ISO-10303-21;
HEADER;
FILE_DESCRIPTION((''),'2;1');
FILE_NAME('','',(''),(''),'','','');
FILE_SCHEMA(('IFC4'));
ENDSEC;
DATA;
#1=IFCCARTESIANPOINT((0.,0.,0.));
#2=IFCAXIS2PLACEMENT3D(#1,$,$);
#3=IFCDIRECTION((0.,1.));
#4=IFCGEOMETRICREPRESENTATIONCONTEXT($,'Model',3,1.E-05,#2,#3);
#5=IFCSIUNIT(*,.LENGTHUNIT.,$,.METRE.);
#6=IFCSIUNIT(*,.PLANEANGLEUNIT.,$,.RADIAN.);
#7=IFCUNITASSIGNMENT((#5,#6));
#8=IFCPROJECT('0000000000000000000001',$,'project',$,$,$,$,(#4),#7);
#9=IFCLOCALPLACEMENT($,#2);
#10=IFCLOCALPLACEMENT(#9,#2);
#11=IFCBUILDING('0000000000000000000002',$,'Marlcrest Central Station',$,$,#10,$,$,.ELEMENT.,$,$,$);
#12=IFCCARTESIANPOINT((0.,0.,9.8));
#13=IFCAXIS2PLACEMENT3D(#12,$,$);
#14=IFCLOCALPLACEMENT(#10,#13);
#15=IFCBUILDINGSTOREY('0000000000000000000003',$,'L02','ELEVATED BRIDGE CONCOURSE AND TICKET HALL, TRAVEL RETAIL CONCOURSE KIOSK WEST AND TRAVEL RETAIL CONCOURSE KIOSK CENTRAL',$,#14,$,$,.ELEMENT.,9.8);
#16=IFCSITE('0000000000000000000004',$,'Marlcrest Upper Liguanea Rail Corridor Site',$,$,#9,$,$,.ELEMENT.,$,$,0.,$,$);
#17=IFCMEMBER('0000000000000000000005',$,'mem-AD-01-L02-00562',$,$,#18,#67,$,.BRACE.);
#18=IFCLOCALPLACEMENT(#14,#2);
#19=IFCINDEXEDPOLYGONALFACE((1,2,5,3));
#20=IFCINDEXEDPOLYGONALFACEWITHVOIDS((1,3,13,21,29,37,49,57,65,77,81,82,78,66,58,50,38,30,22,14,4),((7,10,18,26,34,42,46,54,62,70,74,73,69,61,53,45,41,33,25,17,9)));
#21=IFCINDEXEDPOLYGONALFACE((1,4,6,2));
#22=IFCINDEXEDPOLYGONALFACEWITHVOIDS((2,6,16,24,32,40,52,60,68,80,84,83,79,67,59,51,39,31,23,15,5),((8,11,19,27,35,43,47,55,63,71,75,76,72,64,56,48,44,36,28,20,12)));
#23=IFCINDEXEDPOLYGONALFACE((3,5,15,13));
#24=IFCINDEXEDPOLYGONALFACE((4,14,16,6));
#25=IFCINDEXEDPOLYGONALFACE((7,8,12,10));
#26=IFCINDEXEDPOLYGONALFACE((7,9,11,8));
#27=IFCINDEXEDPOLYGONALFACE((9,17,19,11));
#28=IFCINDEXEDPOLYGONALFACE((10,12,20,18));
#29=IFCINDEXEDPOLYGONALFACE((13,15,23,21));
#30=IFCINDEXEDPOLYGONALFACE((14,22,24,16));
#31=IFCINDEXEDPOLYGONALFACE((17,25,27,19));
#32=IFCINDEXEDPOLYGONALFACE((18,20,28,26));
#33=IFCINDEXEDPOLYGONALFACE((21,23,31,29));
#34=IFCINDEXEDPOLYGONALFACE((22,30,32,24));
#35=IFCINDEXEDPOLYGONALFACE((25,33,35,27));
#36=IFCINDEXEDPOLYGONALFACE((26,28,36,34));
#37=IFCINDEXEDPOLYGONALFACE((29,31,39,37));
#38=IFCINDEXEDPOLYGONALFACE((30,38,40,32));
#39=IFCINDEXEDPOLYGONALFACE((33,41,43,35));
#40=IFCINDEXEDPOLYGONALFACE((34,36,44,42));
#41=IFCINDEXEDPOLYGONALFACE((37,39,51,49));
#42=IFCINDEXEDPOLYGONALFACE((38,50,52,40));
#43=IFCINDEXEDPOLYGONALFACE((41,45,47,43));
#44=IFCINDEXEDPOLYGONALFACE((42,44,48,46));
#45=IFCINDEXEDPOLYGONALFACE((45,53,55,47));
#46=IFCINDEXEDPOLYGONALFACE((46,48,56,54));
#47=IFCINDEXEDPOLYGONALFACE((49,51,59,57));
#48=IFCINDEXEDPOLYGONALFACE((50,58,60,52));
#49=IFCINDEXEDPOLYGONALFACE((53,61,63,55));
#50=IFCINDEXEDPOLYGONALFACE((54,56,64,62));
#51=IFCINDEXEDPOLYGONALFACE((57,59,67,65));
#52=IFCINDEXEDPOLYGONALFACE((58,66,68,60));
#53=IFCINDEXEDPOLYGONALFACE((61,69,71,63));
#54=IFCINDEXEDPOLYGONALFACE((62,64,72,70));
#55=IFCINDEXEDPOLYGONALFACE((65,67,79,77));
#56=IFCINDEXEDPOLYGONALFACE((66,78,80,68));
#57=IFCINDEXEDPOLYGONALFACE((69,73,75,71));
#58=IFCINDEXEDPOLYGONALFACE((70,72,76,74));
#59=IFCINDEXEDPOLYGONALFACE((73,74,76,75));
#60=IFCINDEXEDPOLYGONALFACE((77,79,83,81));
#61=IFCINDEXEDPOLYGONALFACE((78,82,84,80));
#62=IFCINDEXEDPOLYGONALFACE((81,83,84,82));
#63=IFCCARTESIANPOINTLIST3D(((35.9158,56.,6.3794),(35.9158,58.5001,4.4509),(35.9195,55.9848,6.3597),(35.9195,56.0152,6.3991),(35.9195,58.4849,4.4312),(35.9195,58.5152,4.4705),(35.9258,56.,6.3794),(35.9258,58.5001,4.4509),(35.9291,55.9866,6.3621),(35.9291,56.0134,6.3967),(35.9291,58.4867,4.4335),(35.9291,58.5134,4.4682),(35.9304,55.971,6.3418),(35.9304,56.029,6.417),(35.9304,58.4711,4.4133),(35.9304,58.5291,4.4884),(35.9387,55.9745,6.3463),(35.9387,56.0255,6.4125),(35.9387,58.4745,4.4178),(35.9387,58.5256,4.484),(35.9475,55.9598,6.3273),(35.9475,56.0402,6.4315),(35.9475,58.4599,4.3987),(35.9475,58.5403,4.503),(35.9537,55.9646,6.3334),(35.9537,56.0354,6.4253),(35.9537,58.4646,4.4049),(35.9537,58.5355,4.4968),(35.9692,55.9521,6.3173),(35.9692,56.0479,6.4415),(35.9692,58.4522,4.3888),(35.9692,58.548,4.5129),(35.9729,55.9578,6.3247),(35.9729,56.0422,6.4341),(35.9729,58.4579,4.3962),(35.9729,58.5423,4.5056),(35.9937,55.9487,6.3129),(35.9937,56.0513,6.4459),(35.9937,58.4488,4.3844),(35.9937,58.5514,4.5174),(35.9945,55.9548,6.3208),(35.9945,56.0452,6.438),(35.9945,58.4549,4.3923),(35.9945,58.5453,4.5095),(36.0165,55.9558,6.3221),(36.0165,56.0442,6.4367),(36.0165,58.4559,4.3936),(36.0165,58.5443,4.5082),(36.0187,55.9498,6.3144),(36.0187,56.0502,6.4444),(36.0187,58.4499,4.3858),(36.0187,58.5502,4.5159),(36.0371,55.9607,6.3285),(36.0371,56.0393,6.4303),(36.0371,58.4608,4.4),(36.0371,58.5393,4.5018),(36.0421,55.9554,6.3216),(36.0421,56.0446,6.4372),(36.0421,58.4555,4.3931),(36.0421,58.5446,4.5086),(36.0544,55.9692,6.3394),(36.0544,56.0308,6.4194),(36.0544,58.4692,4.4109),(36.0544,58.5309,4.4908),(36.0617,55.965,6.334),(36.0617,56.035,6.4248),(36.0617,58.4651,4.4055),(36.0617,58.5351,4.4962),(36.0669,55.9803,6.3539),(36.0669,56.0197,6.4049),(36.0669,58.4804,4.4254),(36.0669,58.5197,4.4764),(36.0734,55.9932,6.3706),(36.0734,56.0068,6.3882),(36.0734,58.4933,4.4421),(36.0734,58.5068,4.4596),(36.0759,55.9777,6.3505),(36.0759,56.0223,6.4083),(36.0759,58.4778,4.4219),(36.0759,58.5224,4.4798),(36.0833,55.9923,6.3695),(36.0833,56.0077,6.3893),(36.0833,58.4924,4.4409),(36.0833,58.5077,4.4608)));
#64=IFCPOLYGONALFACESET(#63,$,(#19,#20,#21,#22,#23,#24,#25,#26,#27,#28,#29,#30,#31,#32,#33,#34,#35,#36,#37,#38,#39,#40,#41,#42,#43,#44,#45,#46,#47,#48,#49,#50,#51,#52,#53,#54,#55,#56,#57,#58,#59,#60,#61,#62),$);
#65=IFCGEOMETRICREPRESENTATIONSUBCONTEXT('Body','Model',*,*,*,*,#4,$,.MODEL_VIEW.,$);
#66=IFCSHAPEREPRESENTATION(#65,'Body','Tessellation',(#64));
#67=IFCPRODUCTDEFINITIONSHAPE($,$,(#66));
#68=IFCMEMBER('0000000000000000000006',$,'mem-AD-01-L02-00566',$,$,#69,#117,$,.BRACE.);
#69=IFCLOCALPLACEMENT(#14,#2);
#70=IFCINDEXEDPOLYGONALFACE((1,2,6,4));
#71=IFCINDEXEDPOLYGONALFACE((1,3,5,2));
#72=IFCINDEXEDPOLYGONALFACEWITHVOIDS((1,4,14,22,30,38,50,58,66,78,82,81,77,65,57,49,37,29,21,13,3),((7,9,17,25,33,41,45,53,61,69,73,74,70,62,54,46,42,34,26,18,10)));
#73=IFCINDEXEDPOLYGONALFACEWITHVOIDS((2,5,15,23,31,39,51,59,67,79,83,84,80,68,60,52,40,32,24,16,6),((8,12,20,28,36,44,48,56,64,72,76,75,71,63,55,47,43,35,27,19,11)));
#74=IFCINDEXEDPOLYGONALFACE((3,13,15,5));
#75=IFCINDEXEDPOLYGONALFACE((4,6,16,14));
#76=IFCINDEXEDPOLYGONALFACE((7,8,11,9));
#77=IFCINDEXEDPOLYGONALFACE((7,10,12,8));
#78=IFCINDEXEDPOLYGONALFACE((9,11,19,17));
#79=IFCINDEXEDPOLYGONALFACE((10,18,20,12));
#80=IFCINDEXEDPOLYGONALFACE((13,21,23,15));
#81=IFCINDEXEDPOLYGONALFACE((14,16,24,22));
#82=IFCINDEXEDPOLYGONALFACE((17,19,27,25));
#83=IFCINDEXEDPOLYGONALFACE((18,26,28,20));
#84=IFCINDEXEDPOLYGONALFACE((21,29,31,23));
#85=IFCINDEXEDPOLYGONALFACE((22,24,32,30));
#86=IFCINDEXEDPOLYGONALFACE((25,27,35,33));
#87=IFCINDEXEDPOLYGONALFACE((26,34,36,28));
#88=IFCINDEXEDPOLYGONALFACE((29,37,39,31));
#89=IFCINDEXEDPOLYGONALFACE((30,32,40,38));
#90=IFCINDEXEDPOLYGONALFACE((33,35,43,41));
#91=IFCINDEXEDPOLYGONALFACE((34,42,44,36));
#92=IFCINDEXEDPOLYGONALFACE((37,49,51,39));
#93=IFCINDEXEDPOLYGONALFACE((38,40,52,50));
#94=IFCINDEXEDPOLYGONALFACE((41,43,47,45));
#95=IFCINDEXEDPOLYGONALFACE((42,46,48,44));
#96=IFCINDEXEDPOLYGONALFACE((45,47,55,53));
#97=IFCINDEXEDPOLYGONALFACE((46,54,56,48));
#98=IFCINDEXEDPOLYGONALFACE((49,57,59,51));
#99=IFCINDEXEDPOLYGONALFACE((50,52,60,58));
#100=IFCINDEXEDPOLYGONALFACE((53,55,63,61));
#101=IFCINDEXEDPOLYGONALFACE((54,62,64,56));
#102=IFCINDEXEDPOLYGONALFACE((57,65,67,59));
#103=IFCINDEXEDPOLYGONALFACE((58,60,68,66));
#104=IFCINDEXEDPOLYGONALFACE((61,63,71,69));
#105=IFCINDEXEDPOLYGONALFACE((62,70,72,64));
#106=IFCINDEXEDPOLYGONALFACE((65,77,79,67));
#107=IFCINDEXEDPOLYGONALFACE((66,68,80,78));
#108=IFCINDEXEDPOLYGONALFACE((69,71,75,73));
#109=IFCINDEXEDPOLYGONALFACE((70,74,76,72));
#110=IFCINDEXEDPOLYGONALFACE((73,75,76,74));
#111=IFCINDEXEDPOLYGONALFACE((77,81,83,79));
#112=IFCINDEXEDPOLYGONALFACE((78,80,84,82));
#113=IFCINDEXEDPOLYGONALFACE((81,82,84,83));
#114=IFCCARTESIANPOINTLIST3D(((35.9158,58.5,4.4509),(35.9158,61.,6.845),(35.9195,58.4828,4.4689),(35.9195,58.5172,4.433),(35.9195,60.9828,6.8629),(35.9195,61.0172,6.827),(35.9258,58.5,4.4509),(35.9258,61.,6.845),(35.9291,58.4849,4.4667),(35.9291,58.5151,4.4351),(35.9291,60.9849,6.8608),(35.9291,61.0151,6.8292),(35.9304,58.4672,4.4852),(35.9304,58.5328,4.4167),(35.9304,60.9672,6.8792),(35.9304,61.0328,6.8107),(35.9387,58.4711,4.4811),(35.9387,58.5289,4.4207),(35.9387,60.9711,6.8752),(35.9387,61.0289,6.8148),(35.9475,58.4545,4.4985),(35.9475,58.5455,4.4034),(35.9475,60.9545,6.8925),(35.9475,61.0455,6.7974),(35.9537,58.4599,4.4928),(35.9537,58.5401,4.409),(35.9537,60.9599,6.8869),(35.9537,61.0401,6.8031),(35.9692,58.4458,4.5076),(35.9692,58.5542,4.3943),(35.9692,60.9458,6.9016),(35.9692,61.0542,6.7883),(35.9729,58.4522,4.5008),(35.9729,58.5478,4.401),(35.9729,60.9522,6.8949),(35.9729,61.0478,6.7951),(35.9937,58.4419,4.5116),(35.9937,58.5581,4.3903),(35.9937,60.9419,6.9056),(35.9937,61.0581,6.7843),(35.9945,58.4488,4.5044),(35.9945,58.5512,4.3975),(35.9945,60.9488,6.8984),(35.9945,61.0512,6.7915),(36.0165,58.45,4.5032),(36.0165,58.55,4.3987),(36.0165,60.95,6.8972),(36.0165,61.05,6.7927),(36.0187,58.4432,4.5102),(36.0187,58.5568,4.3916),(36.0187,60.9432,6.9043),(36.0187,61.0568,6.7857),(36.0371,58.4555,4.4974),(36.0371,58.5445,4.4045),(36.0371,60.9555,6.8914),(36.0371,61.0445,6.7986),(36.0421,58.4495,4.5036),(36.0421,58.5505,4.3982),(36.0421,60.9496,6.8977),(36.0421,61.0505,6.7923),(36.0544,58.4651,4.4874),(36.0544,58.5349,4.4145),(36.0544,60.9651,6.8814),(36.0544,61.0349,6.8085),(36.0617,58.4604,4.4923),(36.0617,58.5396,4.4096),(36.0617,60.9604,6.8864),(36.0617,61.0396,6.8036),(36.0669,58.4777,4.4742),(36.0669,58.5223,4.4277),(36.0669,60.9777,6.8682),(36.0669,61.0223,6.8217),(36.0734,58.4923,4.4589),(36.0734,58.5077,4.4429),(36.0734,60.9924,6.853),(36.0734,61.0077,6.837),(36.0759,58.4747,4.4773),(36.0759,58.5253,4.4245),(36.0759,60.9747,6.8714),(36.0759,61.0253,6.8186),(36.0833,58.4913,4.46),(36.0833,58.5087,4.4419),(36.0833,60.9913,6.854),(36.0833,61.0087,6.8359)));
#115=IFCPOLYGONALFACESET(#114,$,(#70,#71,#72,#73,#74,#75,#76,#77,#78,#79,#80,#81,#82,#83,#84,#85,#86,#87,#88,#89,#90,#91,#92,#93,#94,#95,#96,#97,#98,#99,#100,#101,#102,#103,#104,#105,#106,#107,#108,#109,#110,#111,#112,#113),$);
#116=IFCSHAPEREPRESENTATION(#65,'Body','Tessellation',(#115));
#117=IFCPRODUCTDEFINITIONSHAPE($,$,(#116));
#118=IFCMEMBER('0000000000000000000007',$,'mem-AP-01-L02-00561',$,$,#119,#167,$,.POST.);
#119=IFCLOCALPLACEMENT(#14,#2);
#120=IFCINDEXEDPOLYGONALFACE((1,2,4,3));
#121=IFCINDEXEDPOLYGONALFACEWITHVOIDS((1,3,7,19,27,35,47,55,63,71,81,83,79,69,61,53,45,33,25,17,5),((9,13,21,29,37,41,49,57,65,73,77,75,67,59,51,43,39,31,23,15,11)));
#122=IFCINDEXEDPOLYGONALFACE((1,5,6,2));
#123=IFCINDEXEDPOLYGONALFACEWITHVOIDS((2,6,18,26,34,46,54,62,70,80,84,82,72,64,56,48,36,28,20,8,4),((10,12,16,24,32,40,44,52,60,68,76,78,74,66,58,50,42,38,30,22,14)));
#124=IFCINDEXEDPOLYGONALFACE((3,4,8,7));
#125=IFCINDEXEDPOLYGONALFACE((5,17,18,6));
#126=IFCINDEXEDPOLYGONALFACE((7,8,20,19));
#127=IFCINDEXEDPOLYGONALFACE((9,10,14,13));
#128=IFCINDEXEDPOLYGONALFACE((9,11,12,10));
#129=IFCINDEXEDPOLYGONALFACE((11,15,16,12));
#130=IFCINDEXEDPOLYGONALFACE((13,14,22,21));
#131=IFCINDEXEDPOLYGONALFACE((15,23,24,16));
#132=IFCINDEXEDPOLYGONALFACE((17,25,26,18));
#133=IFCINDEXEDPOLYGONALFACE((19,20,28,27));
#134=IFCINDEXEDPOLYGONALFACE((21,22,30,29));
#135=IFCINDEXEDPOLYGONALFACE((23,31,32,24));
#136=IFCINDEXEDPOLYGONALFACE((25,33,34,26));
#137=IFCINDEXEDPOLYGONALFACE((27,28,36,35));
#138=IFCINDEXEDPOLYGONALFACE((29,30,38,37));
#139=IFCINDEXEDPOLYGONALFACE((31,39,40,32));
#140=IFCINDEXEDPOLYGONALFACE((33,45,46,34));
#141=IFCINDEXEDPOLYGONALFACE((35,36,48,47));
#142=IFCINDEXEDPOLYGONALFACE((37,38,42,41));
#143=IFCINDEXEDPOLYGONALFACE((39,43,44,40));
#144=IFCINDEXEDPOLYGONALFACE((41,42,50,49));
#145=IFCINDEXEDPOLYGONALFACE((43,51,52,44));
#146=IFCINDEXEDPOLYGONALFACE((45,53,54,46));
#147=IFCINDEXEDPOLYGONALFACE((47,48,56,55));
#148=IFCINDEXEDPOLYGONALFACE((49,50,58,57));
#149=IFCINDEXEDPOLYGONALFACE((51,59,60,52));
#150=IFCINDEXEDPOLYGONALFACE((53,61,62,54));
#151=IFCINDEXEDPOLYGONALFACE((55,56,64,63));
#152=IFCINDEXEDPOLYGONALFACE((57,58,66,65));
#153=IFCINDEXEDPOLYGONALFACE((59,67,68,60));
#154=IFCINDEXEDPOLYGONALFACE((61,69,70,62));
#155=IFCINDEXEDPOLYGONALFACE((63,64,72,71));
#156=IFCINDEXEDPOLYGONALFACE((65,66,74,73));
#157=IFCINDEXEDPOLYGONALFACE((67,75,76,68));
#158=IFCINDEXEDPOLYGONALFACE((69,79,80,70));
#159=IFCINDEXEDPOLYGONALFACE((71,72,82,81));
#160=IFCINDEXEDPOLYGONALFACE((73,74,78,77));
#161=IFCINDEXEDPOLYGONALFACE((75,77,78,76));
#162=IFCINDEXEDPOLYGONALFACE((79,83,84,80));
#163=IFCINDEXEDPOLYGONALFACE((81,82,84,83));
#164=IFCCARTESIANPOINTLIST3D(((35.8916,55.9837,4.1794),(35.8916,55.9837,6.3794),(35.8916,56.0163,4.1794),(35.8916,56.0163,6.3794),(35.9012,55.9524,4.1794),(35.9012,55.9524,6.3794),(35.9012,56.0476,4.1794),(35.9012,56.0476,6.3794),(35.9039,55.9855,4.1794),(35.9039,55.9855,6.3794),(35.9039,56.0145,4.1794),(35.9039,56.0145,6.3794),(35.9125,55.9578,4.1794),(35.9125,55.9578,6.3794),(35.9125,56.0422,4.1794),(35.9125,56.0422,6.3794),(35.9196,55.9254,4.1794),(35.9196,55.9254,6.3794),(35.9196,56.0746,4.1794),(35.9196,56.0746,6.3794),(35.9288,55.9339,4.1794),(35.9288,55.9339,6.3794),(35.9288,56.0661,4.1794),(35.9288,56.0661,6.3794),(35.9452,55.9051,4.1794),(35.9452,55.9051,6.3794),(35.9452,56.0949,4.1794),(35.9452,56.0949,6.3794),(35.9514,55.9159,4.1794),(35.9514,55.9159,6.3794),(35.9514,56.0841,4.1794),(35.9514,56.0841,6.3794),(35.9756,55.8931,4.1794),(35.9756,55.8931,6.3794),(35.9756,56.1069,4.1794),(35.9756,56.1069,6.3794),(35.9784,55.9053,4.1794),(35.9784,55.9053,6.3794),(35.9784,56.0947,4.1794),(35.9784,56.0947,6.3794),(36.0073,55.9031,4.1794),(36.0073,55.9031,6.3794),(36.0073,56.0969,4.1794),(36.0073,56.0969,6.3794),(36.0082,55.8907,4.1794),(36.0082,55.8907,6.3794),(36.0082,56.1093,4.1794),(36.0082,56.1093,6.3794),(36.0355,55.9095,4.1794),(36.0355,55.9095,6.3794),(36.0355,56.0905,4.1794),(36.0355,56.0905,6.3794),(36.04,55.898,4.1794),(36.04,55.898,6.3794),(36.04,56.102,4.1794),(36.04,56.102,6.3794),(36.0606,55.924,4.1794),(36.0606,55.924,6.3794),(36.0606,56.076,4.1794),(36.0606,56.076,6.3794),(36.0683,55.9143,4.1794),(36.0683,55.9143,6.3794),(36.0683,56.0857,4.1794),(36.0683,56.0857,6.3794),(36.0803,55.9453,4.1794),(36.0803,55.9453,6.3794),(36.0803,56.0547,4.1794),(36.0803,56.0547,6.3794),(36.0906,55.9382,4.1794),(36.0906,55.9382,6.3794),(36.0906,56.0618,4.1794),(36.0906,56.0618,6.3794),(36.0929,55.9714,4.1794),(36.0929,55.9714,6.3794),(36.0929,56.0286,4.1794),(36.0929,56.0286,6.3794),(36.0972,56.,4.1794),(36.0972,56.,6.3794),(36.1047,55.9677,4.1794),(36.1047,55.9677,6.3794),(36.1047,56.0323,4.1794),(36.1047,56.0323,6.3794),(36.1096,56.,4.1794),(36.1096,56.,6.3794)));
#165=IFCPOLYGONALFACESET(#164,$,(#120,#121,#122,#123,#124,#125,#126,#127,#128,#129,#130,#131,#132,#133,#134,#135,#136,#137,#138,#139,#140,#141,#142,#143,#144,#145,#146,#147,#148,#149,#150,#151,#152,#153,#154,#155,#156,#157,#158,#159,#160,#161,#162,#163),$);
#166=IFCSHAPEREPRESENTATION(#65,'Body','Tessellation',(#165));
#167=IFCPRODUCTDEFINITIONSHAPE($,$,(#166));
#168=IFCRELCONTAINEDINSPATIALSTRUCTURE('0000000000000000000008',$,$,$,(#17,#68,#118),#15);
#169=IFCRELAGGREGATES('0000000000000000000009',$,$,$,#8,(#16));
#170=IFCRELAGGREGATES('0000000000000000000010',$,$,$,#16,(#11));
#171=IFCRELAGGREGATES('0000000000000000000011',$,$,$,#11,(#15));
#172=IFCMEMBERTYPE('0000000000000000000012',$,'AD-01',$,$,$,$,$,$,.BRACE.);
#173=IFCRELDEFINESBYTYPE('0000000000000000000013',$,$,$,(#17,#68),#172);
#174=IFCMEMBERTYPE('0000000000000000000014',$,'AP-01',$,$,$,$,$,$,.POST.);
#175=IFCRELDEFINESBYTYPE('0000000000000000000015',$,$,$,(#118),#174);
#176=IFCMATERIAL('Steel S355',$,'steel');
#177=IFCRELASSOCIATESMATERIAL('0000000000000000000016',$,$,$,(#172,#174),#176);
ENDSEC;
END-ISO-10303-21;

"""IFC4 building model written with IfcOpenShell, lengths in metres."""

from ifc_helpers import new_model, si_unit, direction, frame, origin, origin_2d, place, context, subcontext, project, spatial, hollow_circle, extrude, material, material_profile, profile_set, type_object, element, save


model = new_model("IFC4")

# Units and contexts
model_context = context("Model", 3, precision=1e-05, world=origin(), true_north=direction((0.0, 1.0)))
body_context = subcontext(model_context, "Body", "Model", "MODEL_VIEW")
ifc_project = project(units=[si_unit("LENGTHUNIT", "METRE"), si_unit("PLANEANGLEUNIT", "RADIAN")], contexts=[model_context])

# Site, building, storey
site_placement = place(None, origin())
site = spatial("IfcSite", under=ifc_project, at=site_placement, Name="Marlcrest Upper Liguanea Rail Corridor Site", CompositionType="ELEMENT", RefElevation=0.0)
building_placement = place(site_placement, origin())
building = spatial("IfcBuilding", under=site, at=building_placement, Name="Marlcrest Central Station", CompositionType="ELEMENT")
storey_placement = place(building_placement, frame((0.0, 0.0, 9.8)))
storey = spatial("IfcBuildingStorey", under=building, at=storey_placement, Name="L02", Description="ELEVATED BRIDGE CONCOURSE AND TICKET HALL, TRAVEL RETAIL CONCOURSE KIOSK WEST AND TRAVEL RETAIL CONCOURSE KIOSK CENTRAL", CompositionType="ELEMENT", Elevation=9.8)

# Members
ifc_material = material(Name="Steel S355", Category="steel")
ifc_material_profile_1 = material_profile(ifc_material, hollow_circle(Radius=0.0842, WallThickness=0.01, at=origin_2d()), Name="CHS 168.3x10")
ifc_profile_set_1 = profile_set([ifc_material_profile_1], Name="Steel S355")
member_type_1 = type_object("IfcMemberType", Name="AD-01", PredefinedType="BRACE", material=ifc_profile_set_1)
member_1_placement = place(storey_placement, frame((36.0, 56.0, 6.3794), z_axis=(0.0, 0.791798, -0.610783), x_axis=(-1.0, 0.0, 0.0)))
element("IfcMember", 1, at=member_1_placement, inside=storey, type_object=member_type_1, Name="mem-AD-01-L02-00562", PredefinedType="BRACE", context=body_context, shape_type="SweptSolid", body=[
    extrude(hollow_circle(Radius=0.0842, WallThickness=0.01, at=origin_2d()), origin(), (0.0, 0.0, 1.0), 3.1575),
])
member_2_placement = place(storey_placement, frame((36.0, 58.5, 4.4509), z_axis=(0.0, 0.722247, 0.691636), x_axis=(-1.0, 0.0, 0.0)))
element("IfcMember", 2, at=member_2_placement, inside=storey, type_object=member_type_1, Name="mem-AD-01-L02-00566", PredefinedType="BRACE", context=body_context, shape_type="SweptSolid", body=[
    extrude(hollow_circle(Radius=0.0842, WallThickness=0.01, at=origin_2d()), origin(), (0.0, 0.0, 1.0), 3.4614),
])
ifc_material_profile_2 = material_profile(ifc_material, hollow_circle(Radius=0.1096, WallThickness=0.0125, at=origin_2d()), Name="CHS 219.1x12.5")
ifc_profile_set_2 = profile_set([ifc_material_profile_2], Name="Steel S355")
member_type_2 = type_object("IfcMemberType", Name="AP-01", PredefinedType="POST", material=ifc_profile_set_2)
for number, where, z_axis, x_axis, name in (
    (3, (36.0, 56.0, 4.1794), (0.0, 0.0, 1.0), (1.0, 0.0, 0.0), "mem-AP-01-L02-00561"),
):
    element("IfcMember", number, at=place(storey_placement, frame(where, z_axis=z_axis, x_axis=x_axis)), inside=storey, type_object=member_type_2, Name=name, PredefinedType="POST", context=body_context, shape_type="SweptSolid", body=[
        extrude(hollow_circle(Radius=0.1096, WallThickness=0.0125, at=origin_2d()), origin(), (0.0, 0.0, 1.0), 2.2),
    ])

save(model, "model.ifc")
